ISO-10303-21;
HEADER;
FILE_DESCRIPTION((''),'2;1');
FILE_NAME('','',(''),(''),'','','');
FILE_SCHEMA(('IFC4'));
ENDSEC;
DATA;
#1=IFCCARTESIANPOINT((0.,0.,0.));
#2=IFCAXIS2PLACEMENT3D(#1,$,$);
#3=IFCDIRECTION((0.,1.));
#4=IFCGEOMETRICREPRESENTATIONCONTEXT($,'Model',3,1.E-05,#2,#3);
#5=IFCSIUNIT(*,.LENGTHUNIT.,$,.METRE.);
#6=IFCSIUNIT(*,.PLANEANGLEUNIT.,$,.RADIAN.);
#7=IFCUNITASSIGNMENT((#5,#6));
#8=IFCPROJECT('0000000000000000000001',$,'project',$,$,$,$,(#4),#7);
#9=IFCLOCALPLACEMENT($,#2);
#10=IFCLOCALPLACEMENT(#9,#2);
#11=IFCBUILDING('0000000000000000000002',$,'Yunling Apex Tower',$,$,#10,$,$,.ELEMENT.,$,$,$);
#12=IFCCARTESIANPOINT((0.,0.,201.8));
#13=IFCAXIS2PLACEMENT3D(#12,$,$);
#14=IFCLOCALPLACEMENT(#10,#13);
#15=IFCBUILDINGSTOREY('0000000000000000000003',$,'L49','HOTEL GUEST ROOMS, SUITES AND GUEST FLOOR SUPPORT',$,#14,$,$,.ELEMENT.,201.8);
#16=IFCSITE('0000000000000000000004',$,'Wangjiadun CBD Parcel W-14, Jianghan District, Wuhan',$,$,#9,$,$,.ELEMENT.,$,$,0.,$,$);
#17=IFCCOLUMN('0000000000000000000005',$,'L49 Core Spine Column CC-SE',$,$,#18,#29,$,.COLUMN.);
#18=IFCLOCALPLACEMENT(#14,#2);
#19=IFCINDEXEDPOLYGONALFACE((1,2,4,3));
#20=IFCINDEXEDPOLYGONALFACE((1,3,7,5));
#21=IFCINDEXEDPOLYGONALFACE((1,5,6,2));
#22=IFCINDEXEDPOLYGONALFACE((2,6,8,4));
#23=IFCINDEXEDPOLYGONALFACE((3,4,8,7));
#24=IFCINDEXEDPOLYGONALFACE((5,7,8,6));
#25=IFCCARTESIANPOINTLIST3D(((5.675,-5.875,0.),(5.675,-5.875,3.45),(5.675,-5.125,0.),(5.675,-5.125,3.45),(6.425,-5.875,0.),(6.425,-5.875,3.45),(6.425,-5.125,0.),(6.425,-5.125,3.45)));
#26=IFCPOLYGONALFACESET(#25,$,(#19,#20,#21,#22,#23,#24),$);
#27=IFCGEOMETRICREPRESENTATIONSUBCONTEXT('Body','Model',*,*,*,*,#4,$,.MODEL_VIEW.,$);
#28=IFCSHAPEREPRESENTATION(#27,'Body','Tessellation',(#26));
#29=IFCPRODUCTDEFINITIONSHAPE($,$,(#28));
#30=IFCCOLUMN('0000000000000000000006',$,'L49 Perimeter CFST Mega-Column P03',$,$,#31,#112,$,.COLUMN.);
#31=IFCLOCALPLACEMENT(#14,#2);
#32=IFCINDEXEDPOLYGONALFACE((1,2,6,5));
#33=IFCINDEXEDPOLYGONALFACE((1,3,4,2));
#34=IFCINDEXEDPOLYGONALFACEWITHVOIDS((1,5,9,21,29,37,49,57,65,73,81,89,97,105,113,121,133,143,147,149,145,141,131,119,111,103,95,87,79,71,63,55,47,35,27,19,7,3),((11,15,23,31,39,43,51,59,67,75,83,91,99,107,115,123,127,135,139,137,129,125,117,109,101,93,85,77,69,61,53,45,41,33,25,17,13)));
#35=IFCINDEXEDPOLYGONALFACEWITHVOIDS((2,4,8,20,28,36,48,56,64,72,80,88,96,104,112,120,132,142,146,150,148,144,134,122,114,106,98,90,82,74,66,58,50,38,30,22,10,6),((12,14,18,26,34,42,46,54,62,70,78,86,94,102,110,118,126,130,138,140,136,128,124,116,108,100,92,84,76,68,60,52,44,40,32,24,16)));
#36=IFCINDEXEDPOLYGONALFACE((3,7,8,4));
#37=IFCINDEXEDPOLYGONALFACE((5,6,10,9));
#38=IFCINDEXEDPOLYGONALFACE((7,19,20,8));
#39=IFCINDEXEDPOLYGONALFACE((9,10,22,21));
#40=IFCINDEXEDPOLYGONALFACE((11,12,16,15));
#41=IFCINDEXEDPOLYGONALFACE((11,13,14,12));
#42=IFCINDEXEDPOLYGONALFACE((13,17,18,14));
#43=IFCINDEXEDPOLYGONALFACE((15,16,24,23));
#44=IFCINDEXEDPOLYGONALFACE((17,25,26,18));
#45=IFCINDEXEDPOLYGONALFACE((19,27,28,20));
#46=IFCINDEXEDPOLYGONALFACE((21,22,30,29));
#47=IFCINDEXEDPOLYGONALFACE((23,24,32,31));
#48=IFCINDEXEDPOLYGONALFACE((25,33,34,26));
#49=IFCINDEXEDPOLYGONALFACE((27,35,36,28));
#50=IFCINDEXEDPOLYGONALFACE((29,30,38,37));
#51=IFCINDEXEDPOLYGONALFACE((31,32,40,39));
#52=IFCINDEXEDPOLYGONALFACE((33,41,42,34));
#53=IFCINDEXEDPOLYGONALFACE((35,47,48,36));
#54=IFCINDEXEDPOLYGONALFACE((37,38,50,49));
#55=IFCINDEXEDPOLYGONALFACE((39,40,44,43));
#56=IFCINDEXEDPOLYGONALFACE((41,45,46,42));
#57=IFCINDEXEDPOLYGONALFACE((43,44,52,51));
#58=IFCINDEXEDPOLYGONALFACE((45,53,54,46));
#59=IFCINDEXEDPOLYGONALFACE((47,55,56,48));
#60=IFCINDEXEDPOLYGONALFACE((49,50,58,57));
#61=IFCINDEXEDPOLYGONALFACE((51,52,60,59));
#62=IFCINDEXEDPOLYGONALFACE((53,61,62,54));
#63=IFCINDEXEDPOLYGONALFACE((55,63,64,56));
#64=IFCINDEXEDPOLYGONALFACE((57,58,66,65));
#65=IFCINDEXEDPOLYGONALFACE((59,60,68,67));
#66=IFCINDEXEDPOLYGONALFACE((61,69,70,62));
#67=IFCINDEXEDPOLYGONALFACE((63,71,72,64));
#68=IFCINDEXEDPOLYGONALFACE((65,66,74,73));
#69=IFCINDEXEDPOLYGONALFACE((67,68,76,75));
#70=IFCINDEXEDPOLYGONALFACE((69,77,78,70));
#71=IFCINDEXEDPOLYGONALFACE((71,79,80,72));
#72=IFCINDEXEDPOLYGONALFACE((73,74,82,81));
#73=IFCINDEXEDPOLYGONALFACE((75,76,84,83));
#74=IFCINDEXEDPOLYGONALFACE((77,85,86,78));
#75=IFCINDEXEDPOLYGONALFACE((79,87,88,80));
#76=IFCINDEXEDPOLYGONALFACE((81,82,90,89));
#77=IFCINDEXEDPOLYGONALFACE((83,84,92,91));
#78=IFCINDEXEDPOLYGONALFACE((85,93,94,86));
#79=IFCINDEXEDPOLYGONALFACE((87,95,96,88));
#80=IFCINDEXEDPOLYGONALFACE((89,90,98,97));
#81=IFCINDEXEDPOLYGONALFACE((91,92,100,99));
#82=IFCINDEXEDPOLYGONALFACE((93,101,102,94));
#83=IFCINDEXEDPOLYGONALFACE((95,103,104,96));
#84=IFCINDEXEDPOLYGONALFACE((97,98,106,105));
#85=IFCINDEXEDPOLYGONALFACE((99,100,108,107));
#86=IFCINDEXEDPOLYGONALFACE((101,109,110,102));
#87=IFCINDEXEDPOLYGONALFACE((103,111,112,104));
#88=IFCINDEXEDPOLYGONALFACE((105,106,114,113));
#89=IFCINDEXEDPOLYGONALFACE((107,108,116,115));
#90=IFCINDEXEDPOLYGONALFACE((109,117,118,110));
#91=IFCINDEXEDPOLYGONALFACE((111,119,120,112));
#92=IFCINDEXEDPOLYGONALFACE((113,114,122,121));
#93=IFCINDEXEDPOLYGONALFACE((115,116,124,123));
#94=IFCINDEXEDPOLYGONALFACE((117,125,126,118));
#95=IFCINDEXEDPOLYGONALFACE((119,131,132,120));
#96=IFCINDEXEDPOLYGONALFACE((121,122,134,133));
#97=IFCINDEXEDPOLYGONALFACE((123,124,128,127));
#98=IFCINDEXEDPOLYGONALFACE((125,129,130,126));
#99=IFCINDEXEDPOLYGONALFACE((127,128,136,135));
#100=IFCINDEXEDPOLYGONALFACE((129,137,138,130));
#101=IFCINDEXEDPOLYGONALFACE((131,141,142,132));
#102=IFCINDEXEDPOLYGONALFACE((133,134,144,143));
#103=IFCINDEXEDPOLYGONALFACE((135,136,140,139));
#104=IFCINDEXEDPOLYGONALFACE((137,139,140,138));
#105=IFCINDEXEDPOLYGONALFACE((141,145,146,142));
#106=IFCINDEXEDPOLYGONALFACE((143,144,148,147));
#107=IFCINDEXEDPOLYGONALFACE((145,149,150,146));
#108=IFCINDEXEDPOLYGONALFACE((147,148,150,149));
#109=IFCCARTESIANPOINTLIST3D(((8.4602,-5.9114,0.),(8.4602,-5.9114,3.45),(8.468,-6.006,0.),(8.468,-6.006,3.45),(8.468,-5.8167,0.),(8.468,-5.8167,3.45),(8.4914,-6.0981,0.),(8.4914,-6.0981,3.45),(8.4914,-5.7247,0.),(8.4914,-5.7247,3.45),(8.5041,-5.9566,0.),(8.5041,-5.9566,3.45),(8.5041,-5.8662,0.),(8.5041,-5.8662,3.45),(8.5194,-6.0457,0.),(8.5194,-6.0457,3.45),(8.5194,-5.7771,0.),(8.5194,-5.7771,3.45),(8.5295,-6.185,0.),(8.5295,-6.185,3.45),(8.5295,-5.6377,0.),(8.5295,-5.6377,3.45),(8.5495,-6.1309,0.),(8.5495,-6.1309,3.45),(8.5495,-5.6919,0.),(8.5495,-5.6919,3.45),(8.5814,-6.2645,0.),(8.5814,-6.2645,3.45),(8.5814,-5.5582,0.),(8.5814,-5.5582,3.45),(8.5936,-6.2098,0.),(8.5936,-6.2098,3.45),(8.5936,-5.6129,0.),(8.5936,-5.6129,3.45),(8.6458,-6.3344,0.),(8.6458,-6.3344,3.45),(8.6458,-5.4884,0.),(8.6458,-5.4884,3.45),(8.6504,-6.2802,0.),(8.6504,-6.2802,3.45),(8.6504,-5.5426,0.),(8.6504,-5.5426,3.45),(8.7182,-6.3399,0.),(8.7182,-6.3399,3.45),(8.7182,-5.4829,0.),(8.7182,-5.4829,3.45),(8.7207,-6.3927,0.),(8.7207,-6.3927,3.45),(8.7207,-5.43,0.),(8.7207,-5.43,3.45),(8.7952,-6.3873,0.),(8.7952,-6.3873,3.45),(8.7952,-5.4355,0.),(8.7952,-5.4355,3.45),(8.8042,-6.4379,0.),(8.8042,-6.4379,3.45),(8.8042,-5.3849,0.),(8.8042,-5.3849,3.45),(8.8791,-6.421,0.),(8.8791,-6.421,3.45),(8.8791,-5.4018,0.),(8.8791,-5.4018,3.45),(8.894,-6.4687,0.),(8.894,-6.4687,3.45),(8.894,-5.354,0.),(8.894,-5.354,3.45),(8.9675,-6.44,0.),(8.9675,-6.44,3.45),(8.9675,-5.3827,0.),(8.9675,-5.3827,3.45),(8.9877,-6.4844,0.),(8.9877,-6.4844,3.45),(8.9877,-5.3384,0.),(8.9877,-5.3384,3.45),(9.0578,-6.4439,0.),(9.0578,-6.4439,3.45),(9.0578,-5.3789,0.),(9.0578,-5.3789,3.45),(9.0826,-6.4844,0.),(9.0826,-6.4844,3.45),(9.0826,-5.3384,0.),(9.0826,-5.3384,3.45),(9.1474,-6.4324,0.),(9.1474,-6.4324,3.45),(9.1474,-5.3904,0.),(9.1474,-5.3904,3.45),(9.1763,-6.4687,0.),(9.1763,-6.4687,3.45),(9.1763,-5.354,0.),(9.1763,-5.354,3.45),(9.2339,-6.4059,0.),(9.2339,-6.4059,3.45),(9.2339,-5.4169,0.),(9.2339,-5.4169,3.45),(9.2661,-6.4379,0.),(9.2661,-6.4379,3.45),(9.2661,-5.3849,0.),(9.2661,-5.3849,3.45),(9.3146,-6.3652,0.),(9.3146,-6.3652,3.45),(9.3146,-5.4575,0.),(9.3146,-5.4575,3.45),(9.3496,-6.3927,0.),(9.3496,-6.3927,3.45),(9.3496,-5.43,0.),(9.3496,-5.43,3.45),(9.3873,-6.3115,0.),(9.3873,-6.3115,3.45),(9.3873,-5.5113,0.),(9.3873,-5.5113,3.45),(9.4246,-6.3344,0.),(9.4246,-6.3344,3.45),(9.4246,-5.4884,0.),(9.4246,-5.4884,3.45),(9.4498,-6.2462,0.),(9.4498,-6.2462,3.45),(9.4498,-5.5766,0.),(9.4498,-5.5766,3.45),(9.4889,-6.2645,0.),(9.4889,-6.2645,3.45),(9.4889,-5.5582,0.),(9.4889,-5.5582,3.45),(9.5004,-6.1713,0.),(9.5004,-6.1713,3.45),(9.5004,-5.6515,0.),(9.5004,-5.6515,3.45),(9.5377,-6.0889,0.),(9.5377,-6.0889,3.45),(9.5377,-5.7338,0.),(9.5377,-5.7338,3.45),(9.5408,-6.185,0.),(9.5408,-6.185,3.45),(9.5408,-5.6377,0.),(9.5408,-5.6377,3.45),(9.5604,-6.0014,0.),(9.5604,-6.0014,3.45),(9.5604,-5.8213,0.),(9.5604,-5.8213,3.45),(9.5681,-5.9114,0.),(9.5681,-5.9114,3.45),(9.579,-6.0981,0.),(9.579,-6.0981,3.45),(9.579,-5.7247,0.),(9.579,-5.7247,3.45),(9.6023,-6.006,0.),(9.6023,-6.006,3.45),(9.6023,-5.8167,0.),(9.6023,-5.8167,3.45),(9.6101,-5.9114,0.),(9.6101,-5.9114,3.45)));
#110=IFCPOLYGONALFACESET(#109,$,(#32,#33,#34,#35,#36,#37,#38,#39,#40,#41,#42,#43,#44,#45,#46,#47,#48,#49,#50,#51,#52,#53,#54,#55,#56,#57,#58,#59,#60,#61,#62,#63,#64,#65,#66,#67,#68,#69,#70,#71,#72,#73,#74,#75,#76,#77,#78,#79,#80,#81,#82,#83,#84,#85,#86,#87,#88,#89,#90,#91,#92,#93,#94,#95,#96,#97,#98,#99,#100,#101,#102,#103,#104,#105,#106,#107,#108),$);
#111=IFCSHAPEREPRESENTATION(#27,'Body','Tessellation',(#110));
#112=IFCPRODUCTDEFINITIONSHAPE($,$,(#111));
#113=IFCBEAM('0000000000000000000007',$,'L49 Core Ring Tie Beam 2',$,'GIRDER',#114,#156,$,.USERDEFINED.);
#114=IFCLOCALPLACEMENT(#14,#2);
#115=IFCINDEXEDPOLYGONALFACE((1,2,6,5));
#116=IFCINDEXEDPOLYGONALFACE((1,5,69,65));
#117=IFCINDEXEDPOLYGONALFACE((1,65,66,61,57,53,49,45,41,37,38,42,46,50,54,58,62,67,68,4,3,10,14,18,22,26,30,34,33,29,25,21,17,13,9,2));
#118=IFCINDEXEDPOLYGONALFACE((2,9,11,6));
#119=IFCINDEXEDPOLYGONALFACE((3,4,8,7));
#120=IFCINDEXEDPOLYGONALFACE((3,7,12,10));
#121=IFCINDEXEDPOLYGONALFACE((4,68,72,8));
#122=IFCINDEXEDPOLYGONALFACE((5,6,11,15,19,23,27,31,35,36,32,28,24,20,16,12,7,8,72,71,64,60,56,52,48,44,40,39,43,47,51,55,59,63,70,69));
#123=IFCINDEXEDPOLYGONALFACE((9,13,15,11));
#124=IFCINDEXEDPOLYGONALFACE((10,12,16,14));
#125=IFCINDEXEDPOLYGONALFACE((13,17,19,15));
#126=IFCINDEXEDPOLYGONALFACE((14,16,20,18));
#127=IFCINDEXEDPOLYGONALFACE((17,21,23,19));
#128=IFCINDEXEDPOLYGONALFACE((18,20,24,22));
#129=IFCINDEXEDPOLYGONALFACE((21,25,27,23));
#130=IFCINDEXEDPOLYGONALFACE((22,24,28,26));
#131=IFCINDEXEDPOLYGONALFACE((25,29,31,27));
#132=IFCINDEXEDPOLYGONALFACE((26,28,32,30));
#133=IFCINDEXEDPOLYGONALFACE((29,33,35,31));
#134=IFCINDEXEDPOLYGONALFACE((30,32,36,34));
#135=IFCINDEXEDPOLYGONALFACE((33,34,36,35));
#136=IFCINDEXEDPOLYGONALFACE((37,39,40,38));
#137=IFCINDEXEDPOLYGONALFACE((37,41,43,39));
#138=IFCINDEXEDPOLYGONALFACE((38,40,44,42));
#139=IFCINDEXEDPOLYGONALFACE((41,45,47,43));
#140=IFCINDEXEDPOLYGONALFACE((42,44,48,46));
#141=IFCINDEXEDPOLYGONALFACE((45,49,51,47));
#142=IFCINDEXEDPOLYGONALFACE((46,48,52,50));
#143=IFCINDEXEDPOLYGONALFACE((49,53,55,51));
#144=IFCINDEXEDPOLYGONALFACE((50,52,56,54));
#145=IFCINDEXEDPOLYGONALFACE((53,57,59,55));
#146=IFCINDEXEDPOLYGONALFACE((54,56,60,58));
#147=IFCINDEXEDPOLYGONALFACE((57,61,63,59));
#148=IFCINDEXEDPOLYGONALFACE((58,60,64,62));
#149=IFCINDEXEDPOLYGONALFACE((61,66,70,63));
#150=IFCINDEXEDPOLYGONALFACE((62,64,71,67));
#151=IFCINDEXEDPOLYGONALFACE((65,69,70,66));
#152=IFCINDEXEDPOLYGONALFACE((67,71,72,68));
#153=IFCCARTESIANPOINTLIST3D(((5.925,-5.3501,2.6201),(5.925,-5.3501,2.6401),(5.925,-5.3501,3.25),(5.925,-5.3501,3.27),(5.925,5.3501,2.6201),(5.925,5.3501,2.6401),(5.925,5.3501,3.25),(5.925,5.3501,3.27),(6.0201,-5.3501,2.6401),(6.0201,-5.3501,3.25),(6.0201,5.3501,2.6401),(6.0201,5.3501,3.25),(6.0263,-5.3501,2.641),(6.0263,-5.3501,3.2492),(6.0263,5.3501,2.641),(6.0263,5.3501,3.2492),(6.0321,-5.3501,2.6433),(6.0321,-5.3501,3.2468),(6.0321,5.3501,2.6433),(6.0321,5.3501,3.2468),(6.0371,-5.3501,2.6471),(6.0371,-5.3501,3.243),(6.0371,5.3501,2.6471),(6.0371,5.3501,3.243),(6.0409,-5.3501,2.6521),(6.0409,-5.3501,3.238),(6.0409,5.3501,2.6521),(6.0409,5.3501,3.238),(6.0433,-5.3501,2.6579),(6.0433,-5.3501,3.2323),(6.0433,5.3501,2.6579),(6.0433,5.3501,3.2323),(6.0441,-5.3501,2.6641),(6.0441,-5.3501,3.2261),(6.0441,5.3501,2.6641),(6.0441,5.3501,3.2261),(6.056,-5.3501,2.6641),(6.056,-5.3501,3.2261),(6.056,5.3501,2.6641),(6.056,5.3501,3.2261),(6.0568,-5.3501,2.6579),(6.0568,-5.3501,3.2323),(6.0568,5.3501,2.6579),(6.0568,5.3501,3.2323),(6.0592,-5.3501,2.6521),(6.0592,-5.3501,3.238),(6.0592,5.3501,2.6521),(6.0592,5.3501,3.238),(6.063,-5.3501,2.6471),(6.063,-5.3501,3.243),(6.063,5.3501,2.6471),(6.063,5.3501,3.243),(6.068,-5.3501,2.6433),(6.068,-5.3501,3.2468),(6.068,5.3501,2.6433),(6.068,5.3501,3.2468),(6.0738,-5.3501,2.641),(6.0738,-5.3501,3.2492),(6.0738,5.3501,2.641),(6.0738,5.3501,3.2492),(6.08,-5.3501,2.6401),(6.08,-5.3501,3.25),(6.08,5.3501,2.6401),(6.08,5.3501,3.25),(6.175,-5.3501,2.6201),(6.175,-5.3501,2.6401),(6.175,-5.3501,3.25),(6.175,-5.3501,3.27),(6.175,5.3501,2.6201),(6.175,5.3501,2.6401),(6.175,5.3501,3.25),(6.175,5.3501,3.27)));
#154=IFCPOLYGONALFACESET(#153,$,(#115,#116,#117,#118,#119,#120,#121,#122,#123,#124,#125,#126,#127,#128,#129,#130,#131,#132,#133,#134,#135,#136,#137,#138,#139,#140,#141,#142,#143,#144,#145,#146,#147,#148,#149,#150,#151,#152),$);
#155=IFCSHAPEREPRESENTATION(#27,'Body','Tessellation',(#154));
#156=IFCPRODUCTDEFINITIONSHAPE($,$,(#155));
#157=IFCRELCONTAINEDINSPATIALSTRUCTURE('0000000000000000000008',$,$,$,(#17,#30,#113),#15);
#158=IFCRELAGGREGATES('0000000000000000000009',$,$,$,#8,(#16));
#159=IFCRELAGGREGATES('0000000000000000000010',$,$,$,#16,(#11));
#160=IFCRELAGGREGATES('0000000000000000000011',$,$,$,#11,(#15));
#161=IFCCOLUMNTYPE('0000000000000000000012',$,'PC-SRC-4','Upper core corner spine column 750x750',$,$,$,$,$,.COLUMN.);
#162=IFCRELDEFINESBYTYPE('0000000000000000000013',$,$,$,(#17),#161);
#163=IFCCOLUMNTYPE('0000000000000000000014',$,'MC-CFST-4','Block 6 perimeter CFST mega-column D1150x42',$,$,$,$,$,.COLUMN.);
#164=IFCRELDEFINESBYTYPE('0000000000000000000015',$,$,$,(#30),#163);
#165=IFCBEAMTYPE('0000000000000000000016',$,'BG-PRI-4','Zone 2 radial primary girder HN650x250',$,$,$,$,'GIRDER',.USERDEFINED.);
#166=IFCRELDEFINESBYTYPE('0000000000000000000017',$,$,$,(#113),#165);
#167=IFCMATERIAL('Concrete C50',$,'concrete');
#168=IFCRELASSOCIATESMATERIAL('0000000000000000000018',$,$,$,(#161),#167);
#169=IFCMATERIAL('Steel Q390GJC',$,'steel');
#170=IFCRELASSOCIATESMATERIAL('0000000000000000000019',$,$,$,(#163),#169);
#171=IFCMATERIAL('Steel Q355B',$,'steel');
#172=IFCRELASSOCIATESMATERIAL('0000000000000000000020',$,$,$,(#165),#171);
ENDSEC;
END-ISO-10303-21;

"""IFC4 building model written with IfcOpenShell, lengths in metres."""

from ifc_helpers import new_model, si_unit, direction, frame, origin, origin_2d, place, context, subcontext, project, spatial, rectangle, hollow_circle, i_section, extrude, source, transform, mapped, material, material_profile, profile_set, type_object, element, save


model = new_model("IFC4")

# Units and contexts
model_context = context("Model", 3, precision=1e-05, world=origin(), true_north=direction((0.0, 1.0)))
body_context = subcontext(model_context, "Body", "Model", "MODEL_VIEW")
ifc_project = project(units=[si_unit("LENGTHUNIT", "METRE"), si_unit("PLANEANGLEUNIT", "RADIAN")], contexts=[model_context])

# Site, building, storey
site_placement = place(None, origin())
site = spatial("IfcSite", under=ifc_project, at=site_placement, Name="Wangjiadun CBD Parcel W-14, Jianghan District, Wuhan", CompositionType="ELEMENT", RefElevation=0.0)
building_placement = place(site_placement, origin())
building = spatial("IfcBuilding", under=site, at=building_placement, Name="Yunling Apex Tower", CompositionType="ELEMENT")
storey_placement = place(building_placement, frame((0.0, 0.0, 201.8)))
storey = spatial("IfcBuildingStorey", under=building, at=storey_placement, Name="L49", Description="HOTEL GUEST ROOMS, SUITES AND GUEST FLOOR SUPPORT", CompositionType="ELEMENT", Elevation=201.8)

# Columns
ifc_material_1 = material(Name="Concrete C50", Category="concrete")
ifc_material_profile_1 = material_profile(ifc_material_1, rectangle(XDim=0.75, YDim=0.75, at=origin_2d()))
ifc_profile_set_1 = profile_set([ifc_material_profile_1], Name="Concrete C50")
column_type_1 = type_object("IfcColumnType", Name="PC-SRC-4", Description="Upper core corner spine column 750x750", PredefinedType="COLUMN", material=ifc_profile_set_1)
shared_shape_1 = source(origin(), body_context, "Body", "SweptSolid", [
    extrude(rectangle(XDim=0.75, YDim=0.75, at=origin_2d()), origin(), (0.0, 0.0, 1.0), 3.45),
])
column_1_placement = place(storey_placement, frame((6.05, -5.5, 0.0), z_axis=(0.0, 0.0, 1.0), x_axis=(1.0, 0.0, 0.0)))
element("IfcColumn", 1, at=column_1_placement, inside=storey, type_object=column_type_1, Name="L49 Core Spine Column CC-SE", PredefinedType="COLUMN", context=body_context, shape_type="MappedRepresentation", body=[
    mapped(shared_shape_1, transform((0.0, 0.0, 0.0), scale=1.0)),
])
ifc_material_2 = material(Name="Steel Q390GJC", Category="steel")
ifc_material_profile_2 = material_profile(ifc_material_2, hollow_circle(Radius=0.575, WallThickness=0.042, at=origin_2d()))
ifc_profile_set_2 = profile_set([ifc_material_profile_2], Name="Steel Q390GJC")
column_type_2 = type_object("IfcColumnType", Name="MC-CFST-4", Description="Block 6 perimeter CFST mega-column D1150x42", PredefinedType="COLUMN", material=ifc_profile_set_2)
shared_shape_2 = source(origin(), body_context, "Body", "SweptSolid", [
    extrude(hollow_circle(Radius=0.575, WallThickness=0.042, at=origin_2d()), origin(), (0.0, 0.0, 1.0), 3.45),
])
column_2_placement = place(storey_placement, frame((9.0352, -5.9114, 0.0), z_axis=(0.0, 0.0, 1.0), x_axis=(1.0, 0.0, 0.0)))
element("IfcColumn", 2, at=column_2_placement, inside=storey, type_object=column_type_2, Name="L49 Perimeter CFST Mega-Column P03", PredefinedType="COLUMN", context=body_context, shape_type="MappedRepresentation", body=[
    mapped(shared_shape_2, transform((0.0, 0.0, 0.0), scale=1.0)),
])

# Beam
ifc_material_3 = material(Name="Steel Q355B", Category="steel")
ifc_material_profile_3 = material_profile(ifc_material_3, i_section(OverallWidth=0.25, OverallDepth=0.6499, WebThickness=0.012, FlangeThickness=0.02, FilletRadius=0.0239, at=origin_2d()))
ifc_profile_set_3 = profile_set([ifc_material_profile_3], Name="Steel Q355B")
beam_type_1 = type_object("IfcBeamType", Name="BG-PRI-4", Description="Zone 2 radial primary girder HN650x250", ElementType="GIRDER", PredefinedType="USERDEFINED", material=ifc_profile_set_3)
shared_shape_3 = source(origin(), body_context, "Body", "SweptSolid", [
    extrude(i_section(OverallWidth=0.25, OverallDepth=0.6499, WebThickness=0.012, FlangeThickness=0.02, FilletRadius=0.0239, at=origin_2d()), origin(), (0.0, 0.0, 1.0), 10.7002),
])
beam_1_placement = place(storey_placement, frame((6.05, -5.3501, 2.9451), z_axis=(0.0, 1.0, 0.0), x_axis=(-1.0, 0.0, 0.0)))
element("IfcBeam", 3, at=beam_1_placement, inside=storey, type_object=beam_type_1, Name="L49 Core Ring Tie Beam 2", ObjectType="GIRDER", PredefinedType="USERDEFINED", context=body_context, shape_type="MappedRepresentation", body=[
    mapped(shared_shape_3, transform((0.0, 0.0, 0.0), scale=1.0)),
])

save(model, "model.ifc")
